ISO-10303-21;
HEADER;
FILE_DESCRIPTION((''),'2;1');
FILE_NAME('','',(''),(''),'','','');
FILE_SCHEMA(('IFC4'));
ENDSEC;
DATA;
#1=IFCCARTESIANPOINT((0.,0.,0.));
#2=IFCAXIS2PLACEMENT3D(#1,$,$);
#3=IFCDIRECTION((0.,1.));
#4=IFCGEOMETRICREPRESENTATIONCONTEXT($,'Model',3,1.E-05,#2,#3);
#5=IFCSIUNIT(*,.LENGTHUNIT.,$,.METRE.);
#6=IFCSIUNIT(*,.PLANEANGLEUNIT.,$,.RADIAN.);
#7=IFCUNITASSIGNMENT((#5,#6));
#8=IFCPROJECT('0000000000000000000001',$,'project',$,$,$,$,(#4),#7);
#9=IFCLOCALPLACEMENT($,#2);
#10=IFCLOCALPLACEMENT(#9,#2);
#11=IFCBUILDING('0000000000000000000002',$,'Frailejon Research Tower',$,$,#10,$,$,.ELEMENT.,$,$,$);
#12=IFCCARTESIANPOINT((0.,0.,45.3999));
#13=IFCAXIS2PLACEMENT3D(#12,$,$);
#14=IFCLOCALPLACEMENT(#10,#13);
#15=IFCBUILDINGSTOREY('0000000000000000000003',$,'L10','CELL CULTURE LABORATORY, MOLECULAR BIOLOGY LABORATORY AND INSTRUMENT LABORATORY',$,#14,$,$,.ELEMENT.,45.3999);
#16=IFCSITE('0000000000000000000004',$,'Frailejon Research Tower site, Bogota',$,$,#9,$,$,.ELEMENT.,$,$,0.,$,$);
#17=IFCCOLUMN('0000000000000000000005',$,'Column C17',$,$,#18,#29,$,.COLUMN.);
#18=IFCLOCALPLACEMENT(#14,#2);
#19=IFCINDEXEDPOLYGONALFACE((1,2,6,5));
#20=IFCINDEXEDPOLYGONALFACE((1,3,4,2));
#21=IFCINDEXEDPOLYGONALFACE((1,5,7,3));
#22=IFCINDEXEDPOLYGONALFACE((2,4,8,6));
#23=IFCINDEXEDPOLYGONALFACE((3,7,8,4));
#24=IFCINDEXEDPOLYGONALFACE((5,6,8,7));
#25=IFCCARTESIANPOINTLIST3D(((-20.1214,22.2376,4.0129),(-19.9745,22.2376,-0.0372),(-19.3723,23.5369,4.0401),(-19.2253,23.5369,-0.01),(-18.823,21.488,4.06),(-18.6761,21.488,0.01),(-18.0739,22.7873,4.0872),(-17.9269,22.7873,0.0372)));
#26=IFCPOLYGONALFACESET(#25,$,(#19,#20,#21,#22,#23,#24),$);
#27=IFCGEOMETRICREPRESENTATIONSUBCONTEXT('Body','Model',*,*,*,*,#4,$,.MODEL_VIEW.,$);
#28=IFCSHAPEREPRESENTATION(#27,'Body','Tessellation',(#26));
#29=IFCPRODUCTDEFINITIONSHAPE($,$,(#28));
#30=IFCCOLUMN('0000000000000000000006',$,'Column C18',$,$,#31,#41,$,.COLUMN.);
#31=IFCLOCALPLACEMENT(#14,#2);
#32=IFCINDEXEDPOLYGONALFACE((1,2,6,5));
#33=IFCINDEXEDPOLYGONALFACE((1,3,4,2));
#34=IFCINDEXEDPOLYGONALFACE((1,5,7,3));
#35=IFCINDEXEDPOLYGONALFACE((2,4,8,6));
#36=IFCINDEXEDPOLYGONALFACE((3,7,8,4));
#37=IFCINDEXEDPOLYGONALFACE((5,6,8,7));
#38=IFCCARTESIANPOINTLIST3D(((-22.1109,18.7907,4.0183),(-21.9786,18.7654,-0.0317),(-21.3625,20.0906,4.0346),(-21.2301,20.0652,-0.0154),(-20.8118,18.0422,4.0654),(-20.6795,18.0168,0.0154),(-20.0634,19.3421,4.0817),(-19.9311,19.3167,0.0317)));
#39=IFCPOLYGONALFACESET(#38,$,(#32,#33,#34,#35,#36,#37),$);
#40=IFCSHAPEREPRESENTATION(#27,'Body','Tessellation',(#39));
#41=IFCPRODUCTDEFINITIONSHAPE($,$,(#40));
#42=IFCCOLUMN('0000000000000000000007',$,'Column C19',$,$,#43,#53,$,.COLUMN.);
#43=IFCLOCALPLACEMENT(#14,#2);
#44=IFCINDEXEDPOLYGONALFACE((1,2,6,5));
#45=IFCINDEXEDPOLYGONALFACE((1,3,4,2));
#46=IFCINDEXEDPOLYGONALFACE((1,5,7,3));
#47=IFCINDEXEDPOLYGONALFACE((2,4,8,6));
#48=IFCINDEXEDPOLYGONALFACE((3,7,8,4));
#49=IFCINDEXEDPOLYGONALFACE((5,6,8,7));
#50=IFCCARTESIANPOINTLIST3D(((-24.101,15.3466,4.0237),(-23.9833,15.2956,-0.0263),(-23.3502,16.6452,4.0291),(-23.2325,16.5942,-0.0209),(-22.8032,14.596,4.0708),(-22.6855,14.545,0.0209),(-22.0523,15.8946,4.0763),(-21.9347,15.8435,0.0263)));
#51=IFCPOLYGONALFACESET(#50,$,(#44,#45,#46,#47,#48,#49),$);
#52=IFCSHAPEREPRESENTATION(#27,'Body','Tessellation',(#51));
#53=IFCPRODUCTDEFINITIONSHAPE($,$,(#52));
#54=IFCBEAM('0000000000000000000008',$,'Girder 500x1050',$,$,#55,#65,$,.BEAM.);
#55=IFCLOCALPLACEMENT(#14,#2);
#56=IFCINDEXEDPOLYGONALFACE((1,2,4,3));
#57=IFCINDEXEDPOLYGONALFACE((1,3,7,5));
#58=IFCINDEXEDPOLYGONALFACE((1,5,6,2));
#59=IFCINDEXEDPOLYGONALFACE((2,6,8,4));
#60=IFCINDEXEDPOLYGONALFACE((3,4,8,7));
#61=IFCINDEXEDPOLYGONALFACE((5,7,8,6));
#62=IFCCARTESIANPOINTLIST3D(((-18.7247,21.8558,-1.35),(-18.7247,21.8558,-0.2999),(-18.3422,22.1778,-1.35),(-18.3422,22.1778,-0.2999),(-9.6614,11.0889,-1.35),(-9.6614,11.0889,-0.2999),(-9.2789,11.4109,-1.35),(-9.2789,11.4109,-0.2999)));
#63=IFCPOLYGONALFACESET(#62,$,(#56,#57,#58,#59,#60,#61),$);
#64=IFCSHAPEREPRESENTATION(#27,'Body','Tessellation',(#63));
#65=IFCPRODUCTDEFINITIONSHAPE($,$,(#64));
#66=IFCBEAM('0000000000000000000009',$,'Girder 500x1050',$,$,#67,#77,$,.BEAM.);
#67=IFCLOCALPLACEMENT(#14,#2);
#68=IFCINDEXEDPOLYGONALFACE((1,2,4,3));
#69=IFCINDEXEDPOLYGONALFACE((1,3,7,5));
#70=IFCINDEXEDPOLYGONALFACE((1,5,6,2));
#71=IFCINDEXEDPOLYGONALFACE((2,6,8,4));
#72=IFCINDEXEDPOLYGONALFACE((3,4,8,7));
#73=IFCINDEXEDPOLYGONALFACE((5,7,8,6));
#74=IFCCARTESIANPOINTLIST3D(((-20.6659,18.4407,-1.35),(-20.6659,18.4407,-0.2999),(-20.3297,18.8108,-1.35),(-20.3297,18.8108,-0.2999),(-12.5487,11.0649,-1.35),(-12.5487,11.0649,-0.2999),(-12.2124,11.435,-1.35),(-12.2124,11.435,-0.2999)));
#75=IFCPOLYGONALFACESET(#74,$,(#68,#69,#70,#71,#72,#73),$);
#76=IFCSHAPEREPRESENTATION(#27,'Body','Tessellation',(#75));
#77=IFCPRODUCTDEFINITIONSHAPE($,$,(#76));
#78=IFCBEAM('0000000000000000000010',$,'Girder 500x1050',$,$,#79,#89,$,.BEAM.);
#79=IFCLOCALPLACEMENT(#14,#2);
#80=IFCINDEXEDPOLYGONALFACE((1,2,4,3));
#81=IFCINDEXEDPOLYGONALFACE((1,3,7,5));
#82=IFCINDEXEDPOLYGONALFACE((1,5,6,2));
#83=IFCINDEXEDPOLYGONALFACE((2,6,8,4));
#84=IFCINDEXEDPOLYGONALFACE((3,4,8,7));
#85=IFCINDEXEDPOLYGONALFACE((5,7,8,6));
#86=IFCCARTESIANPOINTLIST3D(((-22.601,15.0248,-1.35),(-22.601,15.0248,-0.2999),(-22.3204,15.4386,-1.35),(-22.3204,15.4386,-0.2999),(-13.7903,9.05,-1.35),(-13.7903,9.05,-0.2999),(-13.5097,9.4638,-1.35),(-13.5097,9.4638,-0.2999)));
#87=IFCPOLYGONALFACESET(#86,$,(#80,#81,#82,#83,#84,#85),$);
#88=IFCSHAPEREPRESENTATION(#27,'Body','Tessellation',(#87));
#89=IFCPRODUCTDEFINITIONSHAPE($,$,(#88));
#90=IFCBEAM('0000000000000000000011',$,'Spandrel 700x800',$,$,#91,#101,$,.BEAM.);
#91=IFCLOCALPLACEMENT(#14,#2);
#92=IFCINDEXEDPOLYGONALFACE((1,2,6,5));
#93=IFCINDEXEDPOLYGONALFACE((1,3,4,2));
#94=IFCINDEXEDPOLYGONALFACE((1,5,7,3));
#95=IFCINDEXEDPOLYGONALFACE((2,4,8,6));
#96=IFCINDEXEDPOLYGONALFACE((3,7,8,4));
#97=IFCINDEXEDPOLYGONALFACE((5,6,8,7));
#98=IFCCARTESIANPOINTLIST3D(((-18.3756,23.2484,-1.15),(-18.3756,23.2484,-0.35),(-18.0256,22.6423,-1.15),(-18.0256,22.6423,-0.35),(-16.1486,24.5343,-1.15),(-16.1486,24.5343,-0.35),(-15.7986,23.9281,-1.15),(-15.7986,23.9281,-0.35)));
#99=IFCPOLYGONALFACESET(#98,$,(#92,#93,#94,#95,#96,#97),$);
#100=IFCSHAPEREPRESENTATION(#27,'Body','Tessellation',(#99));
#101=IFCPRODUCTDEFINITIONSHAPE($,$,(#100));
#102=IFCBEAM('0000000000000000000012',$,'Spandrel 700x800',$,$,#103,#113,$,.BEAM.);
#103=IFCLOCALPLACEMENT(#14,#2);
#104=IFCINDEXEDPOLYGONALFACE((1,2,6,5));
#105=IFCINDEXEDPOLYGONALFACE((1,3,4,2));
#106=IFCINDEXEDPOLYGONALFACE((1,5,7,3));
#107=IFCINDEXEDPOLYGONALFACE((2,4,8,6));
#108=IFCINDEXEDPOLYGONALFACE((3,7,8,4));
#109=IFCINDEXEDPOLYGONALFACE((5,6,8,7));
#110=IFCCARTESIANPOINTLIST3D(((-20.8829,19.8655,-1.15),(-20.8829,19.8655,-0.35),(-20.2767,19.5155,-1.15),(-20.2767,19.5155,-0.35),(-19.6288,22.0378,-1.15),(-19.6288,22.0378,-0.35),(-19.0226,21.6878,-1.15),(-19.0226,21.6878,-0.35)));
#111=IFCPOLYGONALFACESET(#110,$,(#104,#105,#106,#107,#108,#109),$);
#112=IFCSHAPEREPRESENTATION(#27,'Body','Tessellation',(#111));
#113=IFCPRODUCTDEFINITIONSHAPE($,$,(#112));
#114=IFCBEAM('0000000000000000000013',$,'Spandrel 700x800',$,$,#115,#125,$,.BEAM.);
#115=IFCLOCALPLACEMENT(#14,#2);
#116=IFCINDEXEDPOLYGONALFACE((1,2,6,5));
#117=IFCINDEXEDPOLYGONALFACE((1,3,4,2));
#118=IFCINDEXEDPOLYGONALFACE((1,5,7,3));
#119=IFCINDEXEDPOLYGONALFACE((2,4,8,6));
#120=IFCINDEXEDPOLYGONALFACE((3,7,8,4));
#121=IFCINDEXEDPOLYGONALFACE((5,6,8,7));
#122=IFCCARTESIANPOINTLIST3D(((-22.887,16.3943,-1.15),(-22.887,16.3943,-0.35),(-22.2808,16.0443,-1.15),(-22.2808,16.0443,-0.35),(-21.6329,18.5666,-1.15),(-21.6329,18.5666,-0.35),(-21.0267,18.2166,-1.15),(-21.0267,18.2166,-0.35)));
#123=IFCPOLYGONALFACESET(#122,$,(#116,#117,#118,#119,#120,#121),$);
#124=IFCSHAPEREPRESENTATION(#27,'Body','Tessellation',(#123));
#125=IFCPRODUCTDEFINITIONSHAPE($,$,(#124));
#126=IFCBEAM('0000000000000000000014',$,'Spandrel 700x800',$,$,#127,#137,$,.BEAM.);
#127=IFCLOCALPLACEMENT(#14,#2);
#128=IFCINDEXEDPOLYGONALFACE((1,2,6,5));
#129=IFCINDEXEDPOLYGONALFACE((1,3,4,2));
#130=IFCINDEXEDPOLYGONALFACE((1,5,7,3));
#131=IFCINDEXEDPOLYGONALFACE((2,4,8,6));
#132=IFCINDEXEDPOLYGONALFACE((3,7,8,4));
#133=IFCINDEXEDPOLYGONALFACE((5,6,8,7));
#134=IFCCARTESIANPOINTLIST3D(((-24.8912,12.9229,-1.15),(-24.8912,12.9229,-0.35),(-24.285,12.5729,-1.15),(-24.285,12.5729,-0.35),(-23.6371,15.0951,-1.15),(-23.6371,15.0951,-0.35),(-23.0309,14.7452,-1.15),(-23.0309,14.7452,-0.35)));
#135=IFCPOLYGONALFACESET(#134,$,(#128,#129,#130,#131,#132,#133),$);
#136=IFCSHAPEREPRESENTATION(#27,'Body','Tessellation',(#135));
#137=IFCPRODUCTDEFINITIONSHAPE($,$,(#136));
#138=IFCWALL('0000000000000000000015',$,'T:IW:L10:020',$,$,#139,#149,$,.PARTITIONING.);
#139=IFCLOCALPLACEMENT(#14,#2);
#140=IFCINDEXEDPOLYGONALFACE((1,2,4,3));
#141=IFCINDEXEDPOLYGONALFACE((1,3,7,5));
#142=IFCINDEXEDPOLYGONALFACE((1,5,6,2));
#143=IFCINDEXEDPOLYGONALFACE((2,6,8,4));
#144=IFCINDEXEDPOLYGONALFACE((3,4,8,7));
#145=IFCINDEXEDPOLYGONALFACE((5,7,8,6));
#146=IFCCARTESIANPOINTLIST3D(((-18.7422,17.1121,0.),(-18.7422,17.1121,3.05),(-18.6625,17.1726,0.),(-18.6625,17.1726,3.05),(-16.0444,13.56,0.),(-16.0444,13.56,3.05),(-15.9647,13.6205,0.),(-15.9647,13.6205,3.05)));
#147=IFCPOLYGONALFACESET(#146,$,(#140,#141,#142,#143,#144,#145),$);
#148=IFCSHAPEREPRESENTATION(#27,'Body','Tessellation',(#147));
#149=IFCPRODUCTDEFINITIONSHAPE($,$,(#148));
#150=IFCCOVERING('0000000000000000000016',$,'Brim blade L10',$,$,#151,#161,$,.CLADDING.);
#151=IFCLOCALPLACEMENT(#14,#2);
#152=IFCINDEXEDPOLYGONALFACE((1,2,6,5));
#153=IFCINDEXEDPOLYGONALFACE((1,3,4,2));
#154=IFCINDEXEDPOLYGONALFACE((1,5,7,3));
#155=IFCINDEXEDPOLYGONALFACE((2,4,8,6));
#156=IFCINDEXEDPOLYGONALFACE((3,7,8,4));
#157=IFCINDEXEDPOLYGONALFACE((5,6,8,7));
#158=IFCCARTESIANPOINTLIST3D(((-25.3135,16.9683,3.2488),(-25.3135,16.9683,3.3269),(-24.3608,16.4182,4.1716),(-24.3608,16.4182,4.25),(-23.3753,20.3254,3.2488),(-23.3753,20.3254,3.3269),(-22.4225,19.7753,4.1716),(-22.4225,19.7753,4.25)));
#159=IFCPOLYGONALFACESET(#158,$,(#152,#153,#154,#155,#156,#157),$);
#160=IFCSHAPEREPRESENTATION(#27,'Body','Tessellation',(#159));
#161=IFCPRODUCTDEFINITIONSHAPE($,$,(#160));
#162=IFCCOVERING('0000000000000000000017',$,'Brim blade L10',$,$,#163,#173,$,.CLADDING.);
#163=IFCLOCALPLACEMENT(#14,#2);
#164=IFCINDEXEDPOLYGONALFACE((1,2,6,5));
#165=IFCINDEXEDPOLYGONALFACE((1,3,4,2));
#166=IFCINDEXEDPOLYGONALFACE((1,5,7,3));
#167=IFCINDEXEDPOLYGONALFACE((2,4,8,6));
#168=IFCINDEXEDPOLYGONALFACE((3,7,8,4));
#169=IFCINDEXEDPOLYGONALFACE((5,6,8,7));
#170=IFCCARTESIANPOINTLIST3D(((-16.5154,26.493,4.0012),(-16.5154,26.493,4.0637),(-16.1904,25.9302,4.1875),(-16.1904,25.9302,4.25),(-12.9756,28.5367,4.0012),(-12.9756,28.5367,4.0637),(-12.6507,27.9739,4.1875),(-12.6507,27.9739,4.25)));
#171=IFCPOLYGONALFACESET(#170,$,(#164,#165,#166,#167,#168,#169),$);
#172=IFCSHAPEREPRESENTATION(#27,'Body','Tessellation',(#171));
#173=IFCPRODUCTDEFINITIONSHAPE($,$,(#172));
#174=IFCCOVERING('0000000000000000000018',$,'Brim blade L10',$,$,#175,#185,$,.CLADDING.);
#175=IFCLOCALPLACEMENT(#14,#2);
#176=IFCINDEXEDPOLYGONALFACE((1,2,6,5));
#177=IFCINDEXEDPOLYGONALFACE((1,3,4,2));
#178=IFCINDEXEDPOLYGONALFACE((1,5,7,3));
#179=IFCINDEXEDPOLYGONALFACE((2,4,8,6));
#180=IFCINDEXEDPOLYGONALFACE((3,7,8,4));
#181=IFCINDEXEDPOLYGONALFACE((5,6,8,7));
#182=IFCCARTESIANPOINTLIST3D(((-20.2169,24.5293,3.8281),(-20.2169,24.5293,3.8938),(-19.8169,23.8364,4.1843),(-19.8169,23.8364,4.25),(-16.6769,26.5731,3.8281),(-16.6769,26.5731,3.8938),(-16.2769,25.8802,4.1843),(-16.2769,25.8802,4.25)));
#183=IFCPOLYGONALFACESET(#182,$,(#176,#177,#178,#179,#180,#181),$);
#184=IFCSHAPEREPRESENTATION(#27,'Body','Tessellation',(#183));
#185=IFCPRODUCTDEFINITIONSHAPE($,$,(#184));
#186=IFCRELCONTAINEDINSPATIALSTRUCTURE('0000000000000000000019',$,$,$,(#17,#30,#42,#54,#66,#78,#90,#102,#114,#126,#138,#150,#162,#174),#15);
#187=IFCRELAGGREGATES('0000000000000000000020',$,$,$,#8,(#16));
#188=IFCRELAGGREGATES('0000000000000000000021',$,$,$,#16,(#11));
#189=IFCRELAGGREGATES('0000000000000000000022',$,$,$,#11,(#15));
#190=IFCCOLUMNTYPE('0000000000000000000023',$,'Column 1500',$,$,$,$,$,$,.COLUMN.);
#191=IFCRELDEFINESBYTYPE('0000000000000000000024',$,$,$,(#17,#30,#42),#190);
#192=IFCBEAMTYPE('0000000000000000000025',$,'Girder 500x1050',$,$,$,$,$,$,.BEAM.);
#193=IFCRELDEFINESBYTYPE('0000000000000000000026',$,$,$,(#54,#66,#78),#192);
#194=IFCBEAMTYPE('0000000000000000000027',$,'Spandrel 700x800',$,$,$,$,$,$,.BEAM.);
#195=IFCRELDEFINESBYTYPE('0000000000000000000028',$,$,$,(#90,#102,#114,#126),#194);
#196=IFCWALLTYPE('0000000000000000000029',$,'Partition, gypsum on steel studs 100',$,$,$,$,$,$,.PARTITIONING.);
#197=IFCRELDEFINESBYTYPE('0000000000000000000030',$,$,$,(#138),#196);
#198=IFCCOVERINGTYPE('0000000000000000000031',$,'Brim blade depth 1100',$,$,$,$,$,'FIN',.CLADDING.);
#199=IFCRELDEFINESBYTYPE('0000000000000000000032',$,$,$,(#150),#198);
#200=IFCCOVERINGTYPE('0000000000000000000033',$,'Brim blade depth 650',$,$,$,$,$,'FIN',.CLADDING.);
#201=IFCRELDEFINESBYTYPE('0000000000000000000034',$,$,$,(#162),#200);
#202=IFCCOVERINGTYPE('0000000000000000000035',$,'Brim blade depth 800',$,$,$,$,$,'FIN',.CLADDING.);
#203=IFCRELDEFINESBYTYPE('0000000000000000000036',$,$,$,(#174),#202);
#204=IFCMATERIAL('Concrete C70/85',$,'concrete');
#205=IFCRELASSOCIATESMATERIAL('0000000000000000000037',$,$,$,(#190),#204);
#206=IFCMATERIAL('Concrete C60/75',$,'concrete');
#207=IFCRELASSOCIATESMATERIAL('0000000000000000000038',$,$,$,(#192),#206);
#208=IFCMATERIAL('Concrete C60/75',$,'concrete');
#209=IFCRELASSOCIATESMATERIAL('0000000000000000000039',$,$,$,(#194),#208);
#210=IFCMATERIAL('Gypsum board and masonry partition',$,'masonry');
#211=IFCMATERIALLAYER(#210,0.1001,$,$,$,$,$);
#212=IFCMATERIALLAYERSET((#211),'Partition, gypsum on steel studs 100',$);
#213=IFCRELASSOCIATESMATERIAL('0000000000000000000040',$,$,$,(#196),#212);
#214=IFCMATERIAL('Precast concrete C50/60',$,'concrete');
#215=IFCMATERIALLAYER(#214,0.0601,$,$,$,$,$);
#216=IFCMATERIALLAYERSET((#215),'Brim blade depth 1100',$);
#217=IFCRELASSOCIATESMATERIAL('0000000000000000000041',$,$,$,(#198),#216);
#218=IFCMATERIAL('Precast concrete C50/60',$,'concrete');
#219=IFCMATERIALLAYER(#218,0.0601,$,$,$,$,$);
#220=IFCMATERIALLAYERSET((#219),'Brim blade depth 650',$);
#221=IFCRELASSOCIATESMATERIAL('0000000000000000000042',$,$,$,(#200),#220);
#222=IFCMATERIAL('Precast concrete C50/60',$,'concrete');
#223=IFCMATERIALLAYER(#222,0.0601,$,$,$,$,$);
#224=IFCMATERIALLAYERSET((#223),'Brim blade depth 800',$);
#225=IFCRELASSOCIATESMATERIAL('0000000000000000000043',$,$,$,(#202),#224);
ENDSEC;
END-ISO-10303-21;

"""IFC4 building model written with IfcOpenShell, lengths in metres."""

from ifc_helpers import new_model, si_unit, direction, frame, frame_2d, origin, origin_2d, place, context, subcontext, project, spatial, polyline, rectangle, outline, extrude, material, layer, layer_set, material_profile, profile_set, type_object, element, save


model = new_model("IFC4")

# Units and contexts
model_context = context("Model", 3, precision=1e-05, world=origin(), true_north=direction((0.0, 1.0)))
body_context = subcontext(model_context, "Body", "Model", "MODEL_VIEW")
ifc_project = project(units=[si_unit("LENGTHUNIT", "METRE"), si_unit("PLANEANGLEUNIT", "RADIAN")], contexts=[model_context])

# Site, building, storey
site_placement = place(None, origin())
site = spatial("IfcSite", under=ifc_project, at=site_placement, Name="Frailejon Research Tower site, Bogota", CompositionType="ELEMENT", RefElevation=0.0)
building_placement = place(site_placement, origin())
building = spatial("IfcBuilding", under=site, at=building_placement, Name="Frailejon Research Tower", CompositionType="ELEMENT")
storey_placement = place(building_placement, frame((0.0, 0.0, 45.3999)))
storey = spatial("IfcBuildingStorey", under=building, at=storey_placement, Name="L10", Description="CELL CULTURE LABORATORY, MOLECULAR BIOLOGY LABORATORY AND INSTRUMENT LABORATORY", CompositionType="ELEMENT", Elevation=45.3999)

# Columns
ifc_material_1 = material(Name="Concrete C70/85", Category="concrete")
ifc_material_profile_1 = material_profile(ifc_material_1, rectangle(XDim=1.5, YDim=1.5, at=origin_2d()), Name="Column 1500")
ifc_profile_set_1 = profile_set([ifc_material_profile_1], Name="Concrete C70/85")
column_type = type_object("IfcColumnType", Name="Column 1500", PredefinedType="COLUMN", material=ifc_profile_set_1)
column_1_placement = place(storey_placement, frame((-18.9507, 22.5125, 0.0), z_axis=(-0.036265, 0.0, 0.999342), x_axis=(-0.499425, -0.866168, -0.018124)))
element("IfcColumn", 1, at=column_1_placement, inside=storey, type_object=column_type, Name="Column C17", PredefinedType="COLUMN", context=body_context, shape_type="SweptSolid", body=[
    extrude(rectangle(XDim=1.5, YDim=1.5, at=origin_2d()), origin(), (0.0, 0.0, 1.0), 4.0527),
])
column_2_placement = place(storey_placement, frame((-20.9548, 19.041, 0.0), z_axis=(-0.032654, 0.006266, 0.999447), x_axis=(-0.498938, -0.86657, -0.010869)))
element("IfcColumn", 2, at=column_2_placement, inside=storey, type_object=column_type, Name="Column C18", PredefinedType="COLUMN", context=body_context, shape_type="SweptSolid", body=[
    extrude(rectangle(XDim=1.5, YDim=1.5, at=origin_2d()), origin(), (0.0, 0.0, 1.0), 4.0522),
])
column_3_placement = place(storey_placement, frame((-22.959, 15.5696, 0.0), z_axis=(-0.029041, 0.012592, 0.999499), x_axis=(-0.500555, -0.865697, -0.003637)))
element("IfcColumn", 3, at=column_3_placement, inside=storey, type_object=column_type, Name="Column C19", PredefinedType="COLUMN", context=body_context, shape_type="SweptSolid", body=[
    extrude(rectangle(XDim=1.5, YDim=1.5, at=origin_2d()), origin(), (0.0, 0.0, 1.0), 4.052),
])

# Beams
ifc_material_2 = material(Name="Concrete C60/75", Category="concrete")
ifc_material_profile_2 = material_profile(ifc_material_2, rectangle(XDim=0.5, YDim=1.05, at=origin_2d()), Name="Girder 500x1050")
ifc_profile_set_2 = profile_set([ifc_material_profile_2], Name="Concrete C60/75")
beam_type_1 = type_object("IfcBeamType", Name="Girder 500x1050", PredefinedType="BEAM", material=ifc_profile_set_2)
beam_1_placement = place(storey_placement, frame((-18.5334, 22.0168, -0.825), z_axis=(0.643987, -0.765037, 0.0), x_axis=(0.765037, 0.643987, 0.0)))
element("IfcBeam", 4, at=beam_1_placement, inside=storey, type_object=beam_type_1, Name="Girder 500x1050", PredefinedType="BEAM", context=body_context, shape_type="SweptSolid", body=[
    extrude(rectangle(XDim=0.5, YDim=1.05, at=origin_2d()), origin(), (0.0, 0.0, 1.0), 14.0737),
])
beam_2_placement = place(storey_placement, frame((-20.4978, 18.6257, -0.825), z_axis=(0.7401, -0.672497, 0.0), x_axis=(0.672497, 0.7401, 0.0)))
element("IfcBeam", 5, at=beam_2_placement, inside=storey, type_object=beam_type_1, Name="Girder 500x1050", PredefinedType="BEAM", context=body_context, shape_type="SweptSolid", body=[
    extrude(rectangle(XDim=0.5, YDim=1.05, at=origin_2d()), origin(), (0.0, 0.0, 1.0), 10.9678),
])
beam_3_placement = place(storey_placement, frame((-22.4607, 15.2317, -0.825), z_axis=(0.827646, -0.561251, 0.0), x_axis=(0.561251, 0.827646, 0.0)))
element("IfcBeam", 6, at=beam_3_placement, inside=storey, type_object=beam_type_1, Name="Girder 500x1050", PredefinedType="BEAM", context=body_context, shape_type="SweptSolid", body=[
    extrude(rectangle(XDim=0.5, YDim=1.05, at=origin_2d()), origin(), (0.0, 0.0, 1.0), 10.6455),
])
ifc_material_3 = material(Name="Concrete C60/75", Category="concrete")
ifc_material_profile_3 = material_profile(ifc_material_3, rectangle(XDim=0.7, YDim=0.8, at=origin_2d()), Name="Spandrel 700x800")
ifc_profile_set_3 = profile_set([ifc_material_profile_3], Name="Concrete C60/75")
beam_type_2 = type_object("IfcBeamType", Name="Spandrel 700x800", PredefinedType="BEAM", material=ifc_profile_set_3)
beam_4_placement = place(storey_placement, frame((-15.9736, 24.2312, -0.75), z_axis=(-0.866009, -0.500029, 0.0), x_axis=(0.500029, -0.866009, 0.0)))
element("IfcBeam", 7, at=beam_4_placement, inside=storey, type_object=beam_type_2, Name="Spandrel 700x800", PredefinedType="BEAM", context=body_context, shape_type="SweptSolid", body=[
    extrude(rectangle(XDim=0.7, YDim=0.8, at=origin_2d()), origin(), (0.0, 0.0, 1.0), 2.5715),
])
for number, where, z_axis, x_axis, name in (
    (8, (-19.3257, 21.8628, -0.75), (-0.499981, -0.866036, 0.0), (0.866036, -0.499981, 0.0), "Spandrel 700x800"),
    (9, (-21.3298, 18.3916, -0.75), (-0.499981, -0.866036, 0.0), (0.866036, -0.499981, 0.0), "Spandrel 700x800"),
    (10, (-23.334, 14.9202, -0.75), (-0.499981, -0.866036, 0.0), (0.866036, -0.499981, 0.0), "Spandrel 700x800"),
):
    element("IfcBeam", number, at=place(storey_placement, frame(where, z_axis=z_axis, x_axis=x_axis)), inside=storey, type_object=beam_type_2, Name=name, PredefinedType="BEAM", context=body_context, shape_type="SweptSolid", body=[
        extrude(rectangle(XDim=0.7, YDim=0.8, at=origin_2d()), origin(), (0.0, 0.0, 1.0), 2.5083),
    ])

# Wall
ifc_material_4 = material(Name="Gypsum board and masonry partition", Category="masonry")
ifc_layer_1 = layer(ifc_material_4, 0.1001)
ifc_layer_set_1 = layer_set([ifc_layer_1], Name="Partition, gypsum on steel studs 100")
wall_type_1 = type_object("IfcWallType", Name="Partition, gypsum on steel studs 100", PredefinedType="PARTITIONING", material=ifc_layer_set_1)
wall_1_placement = place(storey_placement, frame((-18.7024, 17.1423, 0.0), z_axis=(0.0, 0.0, 1.0), x_axis=(0.604832, -0.796353, 0.0)))
element("IfcWall", 11, at=wall_1_placement, inside=storey, type_object=wall_type_1, Name="T:IW:L10:020", PredefinedType="PARTITIONING", context=body_context, shape_type="SweptSolid", body=[
    extrude(rectangle(XDim=4.4604, YDim=0.1001, at=frame_2d((2.2302, 0.0))), origin(), (0.0, 0.0, 1.0), 3.05),
])

# Coverings
ifc_material_5 = material(Name="Precast concrete C50/60", Category="concrete")
ifc_layer_2 = layer(ifc_material_5, 0.0601)
ifc_layer_set_2 = layer_set([ifc_layer_2], Name="Brim blade depth 1100")
covering_type_1 = type_object("IfcCoveringType", Name="Brim blade depth 1100", ElementType="FIN", PredefinedType="CLADDING", material=ifc_layer_set_2)
covering_1_placement = place(storey_placement, frame((-24.3608, 16.4182, 4.25), z_axis=(0.500015, 0.866017, 0.0), x_axis=(-0.866017, 0.500015, 0.0)))
element("IfcCovering", 12, at=covering_1_placement, inside=storey, type_object=covering_type_1, Name="Brim blade L10", PredefinedType="CLADDING", context=body_context, shape_type="SweptSolid", body=[
    extrude(outline(polyline([(0.0, -0.0784), (1.1001, -1.0012), (1.1001, -0.9231), (0.0, 0.0), (0.0, -0.0784)])), origin(), (0.0, 0.0, 1.0), 3.8765),
])
ifc_material_6 = material(Name="Precast concrete C50/60", Category="concrete")
ifc_layer_3 = layer(ifc_material_6, 0.0601)
ifc_layer_set_3 = layer_set([ifc_layer_3], Name="Brim blade depth 650")
covering_type_2 = type_object("IfcCoveringType", Name="Brim blade depth 650", ElementType="FIN", PredefinedType="CLADDING", material=ifc_layer_set_3)
covering_2_placement = place(storey_placement, frame((-16.1904, 25.9302, 4.25), z_axis=(0.866021, 0.500007, 0.0), x_axis=(-0.500007, 0.866021, 0.0)))
element("IfcCovering", 13, at=covering_2_placement, inside=storey, type_object=covering_type_2, Name="Brim blade L10", PredefinedType="CLADDING", context=body_context, shape_type="SweptSolid", body=[
    extrude(outline(polyline([(0.0, -0.0625), (0.6499, -0.2488), (0.6499, -0.1863), (0.0, 0.0), (0.0, -0.0625)])), origin(), (0.0, 0.0, 1.0), 4.0874),
])
ifc_material_7 = material(Name="Precast concrete C50/60", Category="concrete")
ifc_layer_4 = layer(ifc_material_7, 0.0601)
ifc_layer_set_4 = layer_set([ifc_layer_4], Name="Brim blade depth 800")
covering_type_3 = type_object("IfcCoveringType", Name="Brim blade depth 800", ElementType="FIN", PredefinedType="CLADDING", material=ifc_layer_set_4)
covering_3_placement = place(storey_placement, frame((-19.8169, 23.8364, 4.25), z_axis=(0.866027, 0.499997, 0.0), x_axis=(-0.499997, 0.866027, 0.0)))
element("IfcCovering", 14, at=covering_3_placement, inside=storey, type_object=covering_type_3, Name="Brim blade L10", PredefinedType="CLADDING", context=body_context, shape_type="SweptSolid", body=[
    extrude(outline(polyline([(0.0, -0.0657), (0.8, -0.4219), (0.8, -0.3562), (0.0, 0.0), (0.0, -0.0657)])), origin(), (0.0, 0.0, 1.0), 4.0876),
])

save(model, "model.ifc")
